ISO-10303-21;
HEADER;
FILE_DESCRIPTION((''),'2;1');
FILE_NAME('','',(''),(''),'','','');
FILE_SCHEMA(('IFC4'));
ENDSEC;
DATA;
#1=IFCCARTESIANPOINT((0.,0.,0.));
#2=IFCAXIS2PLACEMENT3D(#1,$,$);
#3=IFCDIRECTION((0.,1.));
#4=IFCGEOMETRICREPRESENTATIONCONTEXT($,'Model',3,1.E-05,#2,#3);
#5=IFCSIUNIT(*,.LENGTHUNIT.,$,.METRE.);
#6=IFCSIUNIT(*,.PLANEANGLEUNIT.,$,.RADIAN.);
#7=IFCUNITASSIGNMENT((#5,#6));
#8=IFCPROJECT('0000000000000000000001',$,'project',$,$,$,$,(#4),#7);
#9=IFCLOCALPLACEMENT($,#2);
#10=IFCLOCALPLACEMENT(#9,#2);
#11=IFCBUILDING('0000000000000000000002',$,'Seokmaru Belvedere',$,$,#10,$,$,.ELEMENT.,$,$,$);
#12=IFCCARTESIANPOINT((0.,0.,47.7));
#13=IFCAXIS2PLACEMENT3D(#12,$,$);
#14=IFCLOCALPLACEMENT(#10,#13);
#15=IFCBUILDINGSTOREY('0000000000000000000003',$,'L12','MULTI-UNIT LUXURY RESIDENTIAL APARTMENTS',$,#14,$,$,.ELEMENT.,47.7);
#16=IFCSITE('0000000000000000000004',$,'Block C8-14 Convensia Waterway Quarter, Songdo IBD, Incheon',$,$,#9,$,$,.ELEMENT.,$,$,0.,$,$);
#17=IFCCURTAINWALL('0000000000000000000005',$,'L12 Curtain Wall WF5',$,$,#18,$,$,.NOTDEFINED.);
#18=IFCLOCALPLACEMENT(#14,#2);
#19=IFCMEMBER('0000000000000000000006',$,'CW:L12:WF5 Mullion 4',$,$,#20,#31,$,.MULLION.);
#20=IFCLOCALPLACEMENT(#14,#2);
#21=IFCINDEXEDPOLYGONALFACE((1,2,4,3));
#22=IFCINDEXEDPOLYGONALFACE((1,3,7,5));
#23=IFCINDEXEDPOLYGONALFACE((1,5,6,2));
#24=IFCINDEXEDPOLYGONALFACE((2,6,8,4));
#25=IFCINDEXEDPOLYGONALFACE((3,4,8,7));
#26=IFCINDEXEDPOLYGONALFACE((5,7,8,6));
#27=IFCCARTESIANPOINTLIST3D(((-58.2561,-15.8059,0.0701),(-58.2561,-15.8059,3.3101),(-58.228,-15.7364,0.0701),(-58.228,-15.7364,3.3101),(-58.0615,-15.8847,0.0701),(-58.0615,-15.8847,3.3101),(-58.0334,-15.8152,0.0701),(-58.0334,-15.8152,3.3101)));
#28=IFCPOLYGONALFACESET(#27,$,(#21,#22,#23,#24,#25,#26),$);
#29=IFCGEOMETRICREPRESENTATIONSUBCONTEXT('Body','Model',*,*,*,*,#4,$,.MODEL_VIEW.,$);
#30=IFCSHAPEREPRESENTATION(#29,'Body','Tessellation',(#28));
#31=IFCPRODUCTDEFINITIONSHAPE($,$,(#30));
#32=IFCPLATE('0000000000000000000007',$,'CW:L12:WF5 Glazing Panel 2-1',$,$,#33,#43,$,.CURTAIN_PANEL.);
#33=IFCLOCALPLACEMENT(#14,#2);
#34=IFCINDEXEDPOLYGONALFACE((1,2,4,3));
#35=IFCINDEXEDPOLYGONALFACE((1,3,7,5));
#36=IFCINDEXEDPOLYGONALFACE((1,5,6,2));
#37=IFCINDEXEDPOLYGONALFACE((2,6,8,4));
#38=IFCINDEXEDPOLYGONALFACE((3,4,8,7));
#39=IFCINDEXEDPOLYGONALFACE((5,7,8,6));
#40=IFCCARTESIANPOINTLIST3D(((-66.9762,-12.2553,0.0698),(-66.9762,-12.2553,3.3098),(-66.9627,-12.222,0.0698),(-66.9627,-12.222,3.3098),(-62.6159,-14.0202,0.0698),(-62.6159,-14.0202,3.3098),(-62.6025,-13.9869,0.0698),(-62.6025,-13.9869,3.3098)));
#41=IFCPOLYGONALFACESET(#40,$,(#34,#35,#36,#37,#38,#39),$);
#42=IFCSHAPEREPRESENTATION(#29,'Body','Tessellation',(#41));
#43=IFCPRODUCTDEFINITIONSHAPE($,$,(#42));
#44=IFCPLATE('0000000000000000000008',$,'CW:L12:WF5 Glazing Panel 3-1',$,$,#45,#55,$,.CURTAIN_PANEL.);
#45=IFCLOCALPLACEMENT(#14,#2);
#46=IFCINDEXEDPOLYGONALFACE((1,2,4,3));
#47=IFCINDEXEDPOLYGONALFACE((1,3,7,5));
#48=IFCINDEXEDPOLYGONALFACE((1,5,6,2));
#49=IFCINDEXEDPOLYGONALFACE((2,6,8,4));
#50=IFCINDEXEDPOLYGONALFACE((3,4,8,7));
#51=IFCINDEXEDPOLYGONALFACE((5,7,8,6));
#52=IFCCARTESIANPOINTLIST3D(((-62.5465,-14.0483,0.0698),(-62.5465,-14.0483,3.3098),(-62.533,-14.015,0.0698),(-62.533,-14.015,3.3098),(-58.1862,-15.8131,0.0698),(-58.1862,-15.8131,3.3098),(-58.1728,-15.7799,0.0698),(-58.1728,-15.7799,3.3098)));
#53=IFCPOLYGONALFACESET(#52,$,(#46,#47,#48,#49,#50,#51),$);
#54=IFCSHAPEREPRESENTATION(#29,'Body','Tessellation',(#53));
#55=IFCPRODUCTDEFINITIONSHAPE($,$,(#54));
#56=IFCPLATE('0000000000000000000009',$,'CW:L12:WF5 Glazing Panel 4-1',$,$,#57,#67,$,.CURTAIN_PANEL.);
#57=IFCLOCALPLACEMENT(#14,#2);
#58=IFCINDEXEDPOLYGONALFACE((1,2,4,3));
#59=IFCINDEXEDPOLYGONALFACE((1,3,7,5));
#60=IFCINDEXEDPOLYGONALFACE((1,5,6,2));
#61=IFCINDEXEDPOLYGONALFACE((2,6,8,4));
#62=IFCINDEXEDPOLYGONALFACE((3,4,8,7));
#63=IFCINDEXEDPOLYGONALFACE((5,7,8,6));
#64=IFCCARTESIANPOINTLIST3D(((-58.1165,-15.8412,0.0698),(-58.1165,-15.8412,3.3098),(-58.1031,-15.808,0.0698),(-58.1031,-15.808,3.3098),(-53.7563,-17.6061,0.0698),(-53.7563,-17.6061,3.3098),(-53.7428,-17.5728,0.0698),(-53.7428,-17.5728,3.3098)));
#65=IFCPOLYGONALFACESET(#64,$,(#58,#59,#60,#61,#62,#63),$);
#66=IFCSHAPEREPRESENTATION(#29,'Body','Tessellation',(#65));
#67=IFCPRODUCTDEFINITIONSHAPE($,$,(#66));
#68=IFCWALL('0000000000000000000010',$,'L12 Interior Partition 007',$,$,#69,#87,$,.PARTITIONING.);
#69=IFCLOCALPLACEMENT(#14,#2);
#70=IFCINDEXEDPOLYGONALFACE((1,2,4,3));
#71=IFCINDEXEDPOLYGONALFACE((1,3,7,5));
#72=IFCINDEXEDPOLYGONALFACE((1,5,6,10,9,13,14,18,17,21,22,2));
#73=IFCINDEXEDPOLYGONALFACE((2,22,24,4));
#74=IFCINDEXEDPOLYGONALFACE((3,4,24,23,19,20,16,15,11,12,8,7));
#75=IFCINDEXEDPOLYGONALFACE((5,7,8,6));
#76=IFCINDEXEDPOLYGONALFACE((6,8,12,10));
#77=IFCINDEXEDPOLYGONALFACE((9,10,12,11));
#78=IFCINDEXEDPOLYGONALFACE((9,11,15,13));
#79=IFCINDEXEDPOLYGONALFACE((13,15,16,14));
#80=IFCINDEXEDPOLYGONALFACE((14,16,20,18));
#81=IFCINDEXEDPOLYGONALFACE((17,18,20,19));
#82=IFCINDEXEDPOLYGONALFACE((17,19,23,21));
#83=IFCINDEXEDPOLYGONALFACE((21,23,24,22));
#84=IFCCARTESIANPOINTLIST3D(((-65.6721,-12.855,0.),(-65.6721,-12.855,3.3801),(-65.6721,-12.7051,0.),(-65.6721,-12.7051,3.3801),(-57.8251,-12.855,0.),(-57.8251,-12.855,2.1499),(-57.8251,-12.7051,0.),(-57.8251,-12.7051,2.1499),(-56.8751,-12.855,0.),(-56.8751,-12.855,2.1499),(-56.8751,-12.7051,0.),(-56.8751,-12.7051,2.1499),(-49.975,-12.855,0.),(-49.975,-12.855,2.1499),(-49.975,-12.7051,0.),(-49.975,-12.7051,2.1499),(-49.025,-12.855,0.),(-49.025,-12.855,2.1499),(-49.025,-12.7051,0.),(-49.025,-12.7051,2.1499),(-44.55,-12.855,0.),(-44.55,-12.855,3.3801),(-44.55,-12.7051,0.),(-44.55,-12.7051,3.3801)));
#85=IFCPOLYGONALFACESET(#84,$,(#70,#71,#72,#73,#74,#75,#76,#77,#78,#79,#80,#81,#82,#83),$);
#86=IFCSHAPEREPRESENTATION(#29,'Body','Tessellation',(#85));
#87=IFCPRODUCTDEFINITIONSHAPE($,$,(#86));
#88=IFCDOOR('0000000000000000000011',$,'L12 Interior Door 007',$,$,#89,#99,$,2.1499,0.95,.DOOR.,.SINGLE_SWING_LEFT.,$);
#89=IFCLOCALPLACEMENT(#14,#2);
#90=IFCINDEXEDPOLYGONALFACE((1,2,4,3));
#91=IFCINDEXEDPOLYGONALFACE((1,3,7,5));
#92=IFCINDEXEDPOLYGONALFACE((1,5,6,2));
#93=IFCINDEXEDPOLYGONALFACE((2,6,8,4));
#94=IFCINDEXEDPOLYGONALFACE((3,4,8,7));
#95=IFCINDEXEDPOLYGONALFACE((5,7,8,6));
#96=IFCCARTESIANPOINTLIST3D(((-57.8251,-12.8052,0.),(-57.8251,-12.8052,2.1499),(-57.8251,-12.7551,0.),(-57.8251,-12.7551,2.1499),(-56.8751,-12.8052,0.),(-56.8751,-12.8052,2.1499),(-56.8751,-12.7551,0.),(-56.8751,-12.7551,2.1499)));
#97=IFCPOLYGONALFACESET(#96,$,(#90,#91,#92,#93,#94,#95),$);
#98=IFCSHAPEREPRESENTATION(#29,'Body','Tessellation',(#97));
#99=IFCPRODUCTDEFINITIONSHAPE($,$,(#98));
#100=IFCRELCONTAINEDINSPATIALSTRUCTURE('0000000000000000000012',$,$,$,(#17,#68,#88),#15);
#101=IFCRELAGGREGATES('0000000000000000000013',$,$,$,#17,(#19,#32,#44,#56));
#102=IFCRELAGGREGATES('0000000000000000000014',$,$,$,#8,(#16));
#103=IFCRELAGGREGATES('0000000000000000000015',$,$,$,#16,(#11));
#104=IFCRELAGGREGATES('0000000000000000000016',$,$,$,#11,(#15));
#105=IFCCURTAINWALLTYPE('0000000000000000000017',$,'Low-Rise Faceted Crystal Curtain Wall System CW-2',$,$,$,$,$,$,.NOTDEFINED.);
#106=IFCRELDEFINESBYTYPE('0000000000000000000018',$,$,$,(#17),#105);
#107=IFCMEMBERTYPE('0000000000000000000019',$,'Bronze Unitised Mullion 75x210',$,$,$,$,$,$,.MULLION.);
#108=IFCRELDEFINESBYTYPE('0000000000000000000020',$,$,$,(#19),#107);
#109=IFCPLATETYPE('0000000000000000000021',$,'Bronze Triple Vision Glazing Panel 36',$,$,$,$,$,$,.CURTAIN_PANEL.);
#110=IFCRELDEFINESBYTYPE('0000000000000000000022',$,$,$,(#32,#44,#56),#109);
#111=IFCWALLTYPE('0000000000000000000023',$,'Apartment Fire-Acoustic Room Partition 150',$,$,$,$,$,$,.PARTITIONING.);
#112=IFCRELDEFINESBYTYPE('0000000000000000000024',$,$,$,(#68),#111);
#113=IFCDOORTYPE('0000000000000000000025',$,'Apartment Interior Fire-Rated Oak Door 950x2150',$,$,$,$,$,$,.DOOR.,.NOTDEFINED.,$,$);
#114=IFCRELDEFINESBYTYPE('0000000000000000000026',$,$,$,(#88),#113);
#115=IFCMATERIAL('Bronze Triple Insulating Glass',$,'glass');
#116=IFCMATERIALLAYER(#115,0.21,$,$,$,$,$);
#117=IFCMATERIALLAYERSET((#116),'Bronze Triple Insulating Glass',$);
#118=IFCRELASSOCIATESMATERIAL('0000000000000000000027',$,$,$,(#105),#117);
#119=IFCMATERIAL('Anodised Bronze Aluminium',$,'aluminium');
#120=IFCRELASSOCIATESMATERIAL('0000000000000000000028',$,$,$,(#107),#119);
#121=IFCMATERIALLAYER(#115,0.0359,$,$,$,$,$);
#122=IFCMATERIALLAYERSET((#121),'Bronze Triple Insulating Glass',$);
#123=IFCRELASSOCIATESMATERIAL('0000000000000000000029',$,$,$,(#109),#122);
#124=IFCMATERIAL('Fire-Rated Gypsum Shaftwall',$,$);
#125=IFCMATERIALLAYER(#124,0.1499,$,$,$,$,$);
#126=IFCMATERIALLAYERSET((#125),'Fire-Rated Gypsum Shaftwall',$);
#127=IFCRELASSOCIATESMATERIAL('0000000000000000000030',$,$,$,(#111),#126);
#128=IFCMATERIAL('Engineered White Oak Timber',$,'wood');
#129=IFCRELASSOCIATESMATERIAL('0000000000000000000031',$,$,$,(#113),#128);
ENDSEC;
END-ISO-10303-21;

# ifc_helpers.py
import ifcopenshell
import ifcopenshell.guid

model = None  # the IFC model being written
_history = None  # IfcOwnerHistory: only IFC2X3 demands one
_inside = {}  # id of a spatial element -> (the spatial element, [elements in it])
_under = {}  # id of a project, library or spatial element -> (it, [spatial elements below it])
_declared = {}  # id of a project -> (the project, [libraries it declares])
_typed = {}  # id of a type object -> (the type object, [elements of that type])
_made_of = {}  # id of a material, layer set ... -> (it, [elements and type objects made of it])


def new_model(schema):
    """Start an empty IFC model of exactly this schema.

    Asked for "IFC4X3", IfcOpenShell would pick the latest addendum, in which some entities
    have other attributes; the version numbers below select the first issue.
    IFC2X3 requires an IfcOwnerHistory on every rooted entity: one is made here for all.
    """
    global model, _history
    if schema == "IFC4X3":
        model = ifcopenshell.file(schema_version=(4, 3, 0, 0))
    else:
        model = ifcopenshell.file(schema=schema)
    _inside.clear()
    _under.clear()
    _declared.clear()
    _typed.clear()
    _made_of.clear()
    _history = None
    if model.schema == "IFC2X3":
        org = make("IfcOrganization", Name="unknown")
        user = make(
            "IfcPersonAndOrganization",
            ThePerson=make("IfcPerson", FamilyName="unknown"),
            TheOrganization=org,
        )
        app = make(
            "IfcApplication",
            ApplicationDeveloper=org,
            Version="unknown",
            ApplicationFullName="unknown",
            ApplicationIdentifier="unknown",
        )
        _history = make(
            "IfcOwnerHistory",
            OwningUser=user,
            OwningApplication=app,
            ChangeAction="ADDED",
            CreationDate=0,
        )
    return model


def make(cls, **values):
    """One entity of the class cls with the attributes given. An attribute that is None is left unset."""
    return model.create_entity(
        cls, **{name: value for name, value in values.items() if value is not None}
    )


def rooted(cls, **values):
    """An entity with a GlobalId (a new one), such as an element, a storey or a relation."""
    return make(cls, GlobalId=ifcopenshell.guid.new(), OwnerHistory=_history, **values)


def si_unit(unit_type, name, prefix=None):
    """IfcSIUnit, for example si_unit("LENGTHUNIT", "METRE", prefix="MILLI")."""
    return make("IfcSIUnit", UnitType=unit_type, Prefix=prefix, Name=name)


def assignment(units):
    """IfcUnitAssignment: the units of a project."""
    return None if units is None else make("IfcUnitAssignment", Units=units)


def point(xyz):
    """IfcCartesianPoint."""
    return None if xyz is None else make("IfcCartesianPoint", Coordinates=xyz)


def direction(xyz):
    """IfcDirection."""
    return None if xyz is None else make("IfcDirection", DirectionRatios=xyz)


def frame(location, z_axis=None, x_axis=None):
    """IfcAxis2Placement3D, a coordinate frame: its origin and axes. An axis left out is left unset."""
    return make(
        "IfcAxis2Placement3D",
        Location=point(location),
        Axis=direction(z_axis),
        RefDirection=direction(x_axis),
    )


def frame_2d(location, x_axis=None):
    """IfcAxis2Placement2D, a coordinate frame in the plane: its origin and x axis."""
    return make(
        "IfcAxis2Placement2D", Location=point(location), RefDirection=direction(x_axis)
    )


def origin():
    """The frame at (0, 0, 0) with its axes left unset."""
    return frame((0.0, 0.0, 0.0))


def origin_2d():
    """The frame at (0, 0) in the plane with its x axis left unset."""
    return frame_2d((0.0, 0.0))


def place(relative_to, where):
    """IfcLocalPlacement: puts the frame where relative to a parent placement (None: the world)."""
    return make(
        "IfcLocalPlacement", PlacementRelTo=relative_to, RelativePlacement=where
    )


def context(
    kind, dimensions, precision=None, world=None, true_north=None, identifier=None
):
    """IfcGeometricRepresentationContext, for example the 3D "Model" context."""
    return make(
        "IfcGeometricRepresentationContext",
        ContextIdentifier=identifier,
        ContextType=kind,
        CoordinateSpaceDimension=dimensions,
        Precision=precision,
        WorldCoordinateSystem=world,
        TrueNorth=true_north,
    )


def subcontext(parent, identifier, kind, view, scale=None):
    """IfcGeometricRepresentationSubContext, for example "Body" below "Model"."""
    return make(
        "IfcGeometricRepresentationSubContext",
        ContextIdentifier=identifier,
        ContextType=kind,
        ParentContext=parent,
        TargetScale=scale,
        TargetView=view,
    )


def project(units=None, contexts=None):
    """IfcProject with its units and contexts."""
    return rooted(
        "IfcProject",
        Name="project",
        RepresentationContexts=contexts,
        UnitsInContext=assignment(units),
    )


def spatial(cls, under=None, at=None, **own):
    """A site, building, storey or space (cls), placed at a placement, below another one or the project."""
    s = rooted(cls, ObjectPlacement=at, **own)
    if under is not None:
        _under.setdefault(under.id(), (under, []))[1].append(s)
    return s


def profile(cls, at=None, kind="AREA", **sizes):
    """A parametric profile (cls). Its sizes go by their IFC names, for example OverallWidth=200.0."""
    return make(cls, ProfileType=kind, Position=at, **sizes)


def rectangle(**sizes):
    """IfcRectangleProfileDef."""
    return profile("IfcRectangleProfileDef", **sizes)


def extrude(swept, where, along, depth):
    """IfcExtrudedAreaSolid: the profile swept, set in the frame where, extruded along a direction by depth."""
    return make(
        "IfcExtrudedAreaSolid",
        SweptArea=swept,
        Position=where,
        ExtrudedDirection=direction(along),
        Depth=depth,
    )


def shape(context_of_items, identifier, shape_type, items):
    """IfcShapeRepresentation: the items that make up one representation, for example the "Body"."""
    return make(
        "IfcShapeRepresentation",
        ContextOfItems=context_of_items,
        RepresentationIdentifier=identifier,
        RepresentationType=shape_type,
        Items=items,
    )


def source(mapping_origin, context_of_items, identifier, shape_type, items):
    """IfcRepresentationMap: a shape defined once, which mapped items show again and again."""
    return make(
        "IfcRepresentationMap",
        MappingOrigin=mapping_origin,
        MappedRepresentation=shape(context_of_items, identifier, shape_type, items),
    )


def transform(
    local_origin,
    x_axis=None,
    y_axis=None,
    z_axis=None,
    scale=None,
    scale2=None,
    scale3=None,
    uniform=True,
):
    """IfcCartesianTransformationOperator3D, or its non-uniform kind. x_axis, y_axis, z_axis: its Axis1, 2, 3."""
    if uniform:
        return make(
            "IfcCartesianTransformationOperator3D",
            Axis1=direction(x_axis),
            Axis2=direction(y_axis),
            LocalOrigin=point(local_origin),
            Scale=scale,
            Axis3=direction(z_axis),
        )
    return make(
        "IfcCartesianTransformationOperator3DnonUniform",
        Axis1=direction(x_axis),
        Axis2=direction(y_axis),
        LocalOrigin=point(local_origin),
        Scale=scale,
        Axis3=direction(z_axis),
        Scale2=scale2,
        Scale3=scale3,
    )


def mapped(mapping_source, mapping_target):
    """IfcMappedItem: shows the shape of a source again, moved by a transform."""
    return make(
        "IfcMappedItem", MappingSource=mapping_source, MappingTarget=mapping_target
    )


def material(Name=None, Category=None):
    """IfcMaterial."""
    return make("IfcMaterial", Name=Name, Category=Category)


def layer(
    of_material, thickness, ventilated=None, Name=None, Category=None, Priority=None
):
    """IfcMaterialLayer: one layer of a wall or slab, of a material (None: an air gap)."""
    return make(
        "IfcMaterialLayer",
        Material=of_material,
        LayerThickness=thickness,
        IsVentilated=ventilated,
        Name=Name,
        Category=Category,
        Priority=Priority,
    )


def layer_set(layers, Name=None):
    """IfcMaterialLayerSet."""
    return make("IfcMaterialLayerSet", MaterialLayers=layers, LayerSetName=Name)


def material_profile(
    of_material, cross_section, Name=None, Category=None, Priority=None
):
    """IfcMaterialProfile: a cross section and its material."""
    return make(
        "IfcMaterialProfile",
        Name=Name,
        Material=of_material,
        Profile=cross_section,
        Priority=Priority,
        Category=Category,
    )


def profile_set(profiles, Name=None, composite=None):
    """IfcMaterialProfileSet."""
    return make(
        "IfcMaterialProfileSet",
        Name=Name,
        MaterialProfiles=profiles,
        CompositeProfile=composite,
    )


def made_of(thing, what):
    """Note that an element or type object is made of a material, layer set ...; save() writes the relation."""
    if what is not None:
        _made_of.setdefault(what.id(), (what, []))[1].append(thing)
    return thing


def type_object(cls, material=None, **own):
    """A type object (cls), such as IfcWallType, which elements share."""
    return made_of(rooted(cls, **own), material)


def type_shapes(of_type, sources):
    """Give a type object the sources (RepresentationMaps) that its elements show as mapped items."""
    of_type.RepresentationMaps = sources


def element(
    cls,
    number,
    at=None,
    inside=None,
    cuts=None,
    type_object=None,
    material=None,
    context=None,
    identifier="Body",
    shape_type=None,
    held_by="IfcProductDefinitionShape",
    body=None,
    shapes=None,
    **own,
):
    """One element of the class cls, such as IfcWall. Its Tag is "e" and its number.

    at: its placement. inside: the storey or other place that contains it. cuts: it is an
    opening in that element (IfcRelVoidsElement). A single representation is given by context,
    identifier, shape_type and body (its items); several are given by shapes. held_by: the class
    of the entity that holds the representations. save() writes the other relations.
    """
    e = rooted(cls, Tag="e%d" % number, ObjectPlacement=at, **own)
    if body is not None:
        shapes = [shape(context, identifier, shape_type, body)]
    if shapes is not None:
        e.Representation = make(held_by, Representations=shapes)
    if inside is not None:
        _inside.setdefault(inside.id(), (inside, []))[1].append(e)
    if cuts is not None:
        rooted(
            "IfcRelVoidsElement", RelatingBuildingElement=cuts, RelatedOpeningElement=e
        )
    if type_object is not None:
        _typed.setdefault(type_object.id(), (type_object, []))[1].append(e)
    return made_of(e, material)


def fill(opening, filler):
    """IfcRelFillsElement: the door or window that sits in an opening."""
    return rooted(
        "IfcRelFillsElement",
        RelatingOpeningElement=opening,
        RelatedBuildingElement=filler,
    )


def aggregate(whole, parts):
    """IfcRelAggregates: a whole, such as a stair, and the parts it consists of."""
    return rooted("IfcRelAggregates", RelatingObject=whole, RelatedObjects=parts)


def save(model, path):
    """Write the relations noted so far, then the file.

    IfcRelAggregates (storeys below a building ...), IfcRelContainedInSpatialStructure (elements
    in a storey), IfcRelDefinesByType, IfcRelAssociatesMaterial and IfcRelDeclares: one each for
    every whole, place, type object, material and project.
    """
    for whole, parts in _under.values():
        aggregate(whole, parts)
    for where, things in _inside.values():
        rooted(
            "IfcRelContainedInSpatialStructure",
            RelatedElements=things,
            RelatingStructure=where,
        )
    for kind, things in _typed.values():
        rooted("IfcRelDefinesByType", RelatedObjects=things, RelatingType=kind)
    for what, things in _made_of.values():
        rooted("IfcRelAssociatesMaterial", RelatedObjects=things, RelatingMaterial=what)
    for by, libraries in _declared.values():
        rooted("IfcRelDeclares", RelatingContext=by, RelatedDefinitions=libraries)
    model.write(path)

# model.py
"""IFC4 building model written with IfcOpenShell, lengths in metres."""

from ifc_helpers import new_model, si_unit, direction, frame, frame_2d, origin, origin_2d, place, context, subcontext, project, spatial, rectangle, extrude, source, transform, mapped, material, layer, layer_set, material_profile, profile_set, type_object, type_shapes, element, fill, aggregate, save


model = new_model("IFC4")

# Units and contexts
model_context = context("Model", 3, precision=1e-05, world=origin(), true_north=direction((0.0, 1.0)))
body_context = subcontext(model_context, "Body", "Model", "MODEL_VIEW")
ifc_project = project(units=[si_unit("LENGTHUNIT", "METRE"), si_unit("PLANEANGLEUNIT", "RADIAN")], contexts=[model_context])

# Site, building, storey
site_placement = place(None, origin())
site = spatial("IfcSite", under=ifc_project, at=site_placement, Name="Block C8-14 Convensia Waterway Quarter, Songdo IBD, Incheon", CompositionType="ELEMENT", RefElevation=0.0)
building_placement = place(site_placement, origin())
building = spatial("IfcBuilding", under=site, at=building_placement, Name="Seokmaru Belvedere", CompositionType="ELEMENT")
storey_placement = place(building_placement, frame((0.0, 0.0, 47.7)))
storey = spatial("IfcBuildingStorey", under=building, at=storey_placement, Name="L12", Description="MULTI-UNIT LUXURY RESIDENTIAL APARTMENTS", CompositionType="ELEMENT", Elevation=47.7)

# Curtain wall, member, plates
ifc_material_1 = material(Name="Bronze Triple Insulating Glass", Category="glass")
ifc_layer_1 = layer(ifc_material_1, 0.21)
ifc_layer_set_1 = layer_set([ifc_layer_1], Name="Bronze Triple Insulating Glass")
curtain_wall_type = type_object("IfcCurtainWallType", Name="Low-Rise Faceted Crystal Curtain Wall System CW-2", PredefinedType="NOTDEFINED", material=ifc_layer_set_1)
curtain_wall_placement = place(storey_placement, origin())
curtain_wall = element("IfcCurtainWall", 1, at=curtain_wall_placement, inside=storey, type_object=curtain_wall_type, Name="L12 Curtain Wall WF5", PredefinedType="NOTDEFINED")
ifc_material_2 = material(Name="Anodised Bronze Aluminium", Category="aluminium")
ifc_material_profile_1 = material_profile(ifc_material_2, rectangle(XDim=0.075, YDim=0.21, at=origin_2d()), Name="CW-M-75x210")
ifc_profile_set_1 = profile_set([ifc_material_profile_1], Name="Anodised Bronze Aluminium")
member_type = type_object("IfcMemberType", Name="Bronze Unitised Mullion 75x210", PredefinedType="MULLION", material=ifc_profile_set_1)
shared_shape_1 = source(origin(), body_context, "Body", "SweptSolid", [
    extrude(rectangle(XDim=0.075, YDim=0.21, at=origin_2d()), origin(), (0.0, 0.0, 1.0), 3.24),
])
type_shapes(member_type, [shared_shape_1])
member_1_placement = place(storey_placement, frame((-58.1448, -15.8105, 0.0701), z_axis=(0.0, 0.0, 1.0), x_axis=(0.375192, 0.926947, 0.0)))
member_1 = element("IfcMember", 2, at=member_1_placement, type_object=member_type, Name="CW:L12:WF5 Mullion 4", PredefinedType="MULLION", context=body_context, shape_type="MappedRepresentation", body=[
    mapped(shared_shape_1, transform((0.0, 0.0, 0.0), scale=1.0)),
])
ifc_layer_2 = layer(ifc_material_1, 0.0359)
ifc_layer_set_2 = layer_set([ifc_layer_2], Name="Bronze Triple Insulating Glass")
plate_type = type_object("IfcPlateType", Name="Bronze Triple Vision Glazing Panel 36", PredefinedType="CURTAIN_PANEL", material=ifc_layer_set_2)
shared_shape_2 = source(origin(), body_context, "Body", "SweptSolid", [
    extrude(rectangle(XDim=4.7039, YDim=0.0359, at=origin_2d()), origin(), (0.0, 0.0, 1.0), 3.24),
])
type_shapes(plate_type, [shared_shape_2])
plate_1_placement = place(storey_placement, frame((-64.7893, -13.1211, 0.0698), z_axis=(0.0, 0.0, 1.0), x_axis=(0.926947, -0.375192, 0.0)))
plate_1 = element("IfcPlate", 3, at=plate_1_placement, type_object=plate_type, Name="CW:L12:WF5 Glazing Panel 2-1", PredefinedType="CURTAIN_PANEL", context=body_context, shape_type="MappedRepresentation", body=[
    mapped(shared_shape_2, transform((0.0, 0.0, 0.0), scale=1.0)),
])
plate_2_placement = place(storey_placement, frame((-60.3596, -14.9141, 0.0698), z_axis=(0.0, 0.0, 1.0), x_axis=(0.926947, -0.375192, 0.0)))
plate_2 = element("IfcPlate", 4, at=plate_2_placement, type_object=plate_type, Name="CW:L12:WF5 Glazing Panel 3-1", PredefinedType="CURTAIN_PANEL", context=body_context, shape_type="MappedRepresentation", body=[
    mapped(shared_shape_2, transform((0.0, 0.0, 0.0), scale=1.0)),
])
plate_3_placement = place(storey_placement, frame((-55.9297, -16.707, 0.0698), z_axis=(0.0, 0.0, 1.0), x_axis=(0.926947, -0.375192, 0.0)))
plate_3 = element("IfcPlate", 5, at=plate_3_placement, type_object=plate_type, Name="CW:L12:WF5 Glazing Panel 4-1", PredefinedType="CURTAIN_PANEL", context=body_context, shape_type="MappedRepresentation", body=[
    mapped(shared_shape_2, transform((0.0, 0.0, 0.0), scale=1.0)),
])
aggregate(curtain_wall, [member_1, plate_1, plate_2, plate_3])

# Wall, openings, door
ifc_material_3 = material(Name="Fire-Rated Gypsum Shaftwall")
ifc_layer_3 = layer(ifc_material_3, 0.1499)
ifc_layer_set_3 = layer_set([ifc_layer_3], Name="Fire-Rated Gypsum Shaftwall")
wall_type = type_object("IfcWallType", Name="Apartment Fire-Acoustic Room Partition 150", PredefinedType="PARTITIONING", material=ifc_layer_set_3)
wall_1_placement = place(storey_placement, frame((-65.6721, -12.78, 0.0), z_axis=(0.0, 0.0, 1.0), x_axis=(1.0, 0.0, 0.0)))
wall_1 = element("IfcWall", 6, at=wall_1_placement, inside=storey, type_object=wall_type, Name="L12 Interior Partition 007", PredefinedType="PARTITIONING", context=body_context, shape_type="SweptSolid", body=[
    extrude(rectangle(XDim=21.1221, YDim=0.1499, at=frame_2d((10.561, 0.0))), origin(), (0.0, 0.0, 1.0), 3.3801),
])
opening_1_placement = place(wall_1_placement, frame((15.697, 0.0, 0.0)))
element("IfcOpeningElement", 7, at=opening_1_placement, cuts=wall_1, PredefinedType="OPENING", context=body_context, shape_type="SweptSolid", body=[
    extrude(rectangle(XDim=0.95, YDim=2.1499, at=frame_2d((0.4751, 1.075))), frame((0.0, 0.085, 0.0), z_axis=(0.0, -1.0, 0.0), x_axis=(1.0, 0.0, 0.0)), (0.0, 0.0, 1.0), 0.1699),
])
opening_2_placement = place(wall_1_placement, frame((7.8469, 0.0, 0.0)))
opening_2 = element("IfcOpeningElement", 8, at=opening_2_placement, cuts=wall_1, PredefinedType="OPENING", context=body_context, shape_type="SweptSolid", body=[
    extrude(rectangle(XDim=0.95, YDim=2.1499, at=frame_2d((0.4751, 1.075))), frame((0.0, 0.085, 0.0), z_axis=(0.0, -1.0, 0.0), x_axis=(1.0, 0.0, 0.0)), (0.0, 0.0, 1.0), 0.1699),
])
ifc_material_4 = material(Name="Engineered White Oak Timber", Category="wood")
door_type = type_object("IfcDoorType", Name="Apartment Interior Fire-Rated Oak Door 950x2150", OperationType="NOTDEFINED", PredefinedType="DOOR", material=ifc_material_4)
shared_shape_3 = source(origin(), body_context, "Body", "SweptSolid", [
    extrude(rectangle(XDim=0.95, YDim=2.1499, at=frame_2d((0.4751, 1.075))), frame((0.0, 0.0249, 0.0), z_axis=(0.0, -1.0, 0.0), x_axis=(1.0, 0.0, 0.0)), (0.0, 0.0, 1.0), 0.05),
])
type_shapes(door_type, [shared_shape_3])
door_1_placement = place(opening_2_placement, origin())
door_1 = element("IfcDoor", 9, at=door_1_placement, inside=storey, type_object=door_type, Name="L12 Interior Door 007", OperationType="SINGLE_SWING_LEFT", OverallHeight=2.1499, OverallWidth=0.95, PredefinedType="DOOR", context=body_context, shape_type="MappedRepresentation", body=[
    mapped(shared_shape_3, transform((0.0, 0.0, 0.0), scale=1.0)),
])
fill(opening_2, door_1)

save(model, "model.ifc")
